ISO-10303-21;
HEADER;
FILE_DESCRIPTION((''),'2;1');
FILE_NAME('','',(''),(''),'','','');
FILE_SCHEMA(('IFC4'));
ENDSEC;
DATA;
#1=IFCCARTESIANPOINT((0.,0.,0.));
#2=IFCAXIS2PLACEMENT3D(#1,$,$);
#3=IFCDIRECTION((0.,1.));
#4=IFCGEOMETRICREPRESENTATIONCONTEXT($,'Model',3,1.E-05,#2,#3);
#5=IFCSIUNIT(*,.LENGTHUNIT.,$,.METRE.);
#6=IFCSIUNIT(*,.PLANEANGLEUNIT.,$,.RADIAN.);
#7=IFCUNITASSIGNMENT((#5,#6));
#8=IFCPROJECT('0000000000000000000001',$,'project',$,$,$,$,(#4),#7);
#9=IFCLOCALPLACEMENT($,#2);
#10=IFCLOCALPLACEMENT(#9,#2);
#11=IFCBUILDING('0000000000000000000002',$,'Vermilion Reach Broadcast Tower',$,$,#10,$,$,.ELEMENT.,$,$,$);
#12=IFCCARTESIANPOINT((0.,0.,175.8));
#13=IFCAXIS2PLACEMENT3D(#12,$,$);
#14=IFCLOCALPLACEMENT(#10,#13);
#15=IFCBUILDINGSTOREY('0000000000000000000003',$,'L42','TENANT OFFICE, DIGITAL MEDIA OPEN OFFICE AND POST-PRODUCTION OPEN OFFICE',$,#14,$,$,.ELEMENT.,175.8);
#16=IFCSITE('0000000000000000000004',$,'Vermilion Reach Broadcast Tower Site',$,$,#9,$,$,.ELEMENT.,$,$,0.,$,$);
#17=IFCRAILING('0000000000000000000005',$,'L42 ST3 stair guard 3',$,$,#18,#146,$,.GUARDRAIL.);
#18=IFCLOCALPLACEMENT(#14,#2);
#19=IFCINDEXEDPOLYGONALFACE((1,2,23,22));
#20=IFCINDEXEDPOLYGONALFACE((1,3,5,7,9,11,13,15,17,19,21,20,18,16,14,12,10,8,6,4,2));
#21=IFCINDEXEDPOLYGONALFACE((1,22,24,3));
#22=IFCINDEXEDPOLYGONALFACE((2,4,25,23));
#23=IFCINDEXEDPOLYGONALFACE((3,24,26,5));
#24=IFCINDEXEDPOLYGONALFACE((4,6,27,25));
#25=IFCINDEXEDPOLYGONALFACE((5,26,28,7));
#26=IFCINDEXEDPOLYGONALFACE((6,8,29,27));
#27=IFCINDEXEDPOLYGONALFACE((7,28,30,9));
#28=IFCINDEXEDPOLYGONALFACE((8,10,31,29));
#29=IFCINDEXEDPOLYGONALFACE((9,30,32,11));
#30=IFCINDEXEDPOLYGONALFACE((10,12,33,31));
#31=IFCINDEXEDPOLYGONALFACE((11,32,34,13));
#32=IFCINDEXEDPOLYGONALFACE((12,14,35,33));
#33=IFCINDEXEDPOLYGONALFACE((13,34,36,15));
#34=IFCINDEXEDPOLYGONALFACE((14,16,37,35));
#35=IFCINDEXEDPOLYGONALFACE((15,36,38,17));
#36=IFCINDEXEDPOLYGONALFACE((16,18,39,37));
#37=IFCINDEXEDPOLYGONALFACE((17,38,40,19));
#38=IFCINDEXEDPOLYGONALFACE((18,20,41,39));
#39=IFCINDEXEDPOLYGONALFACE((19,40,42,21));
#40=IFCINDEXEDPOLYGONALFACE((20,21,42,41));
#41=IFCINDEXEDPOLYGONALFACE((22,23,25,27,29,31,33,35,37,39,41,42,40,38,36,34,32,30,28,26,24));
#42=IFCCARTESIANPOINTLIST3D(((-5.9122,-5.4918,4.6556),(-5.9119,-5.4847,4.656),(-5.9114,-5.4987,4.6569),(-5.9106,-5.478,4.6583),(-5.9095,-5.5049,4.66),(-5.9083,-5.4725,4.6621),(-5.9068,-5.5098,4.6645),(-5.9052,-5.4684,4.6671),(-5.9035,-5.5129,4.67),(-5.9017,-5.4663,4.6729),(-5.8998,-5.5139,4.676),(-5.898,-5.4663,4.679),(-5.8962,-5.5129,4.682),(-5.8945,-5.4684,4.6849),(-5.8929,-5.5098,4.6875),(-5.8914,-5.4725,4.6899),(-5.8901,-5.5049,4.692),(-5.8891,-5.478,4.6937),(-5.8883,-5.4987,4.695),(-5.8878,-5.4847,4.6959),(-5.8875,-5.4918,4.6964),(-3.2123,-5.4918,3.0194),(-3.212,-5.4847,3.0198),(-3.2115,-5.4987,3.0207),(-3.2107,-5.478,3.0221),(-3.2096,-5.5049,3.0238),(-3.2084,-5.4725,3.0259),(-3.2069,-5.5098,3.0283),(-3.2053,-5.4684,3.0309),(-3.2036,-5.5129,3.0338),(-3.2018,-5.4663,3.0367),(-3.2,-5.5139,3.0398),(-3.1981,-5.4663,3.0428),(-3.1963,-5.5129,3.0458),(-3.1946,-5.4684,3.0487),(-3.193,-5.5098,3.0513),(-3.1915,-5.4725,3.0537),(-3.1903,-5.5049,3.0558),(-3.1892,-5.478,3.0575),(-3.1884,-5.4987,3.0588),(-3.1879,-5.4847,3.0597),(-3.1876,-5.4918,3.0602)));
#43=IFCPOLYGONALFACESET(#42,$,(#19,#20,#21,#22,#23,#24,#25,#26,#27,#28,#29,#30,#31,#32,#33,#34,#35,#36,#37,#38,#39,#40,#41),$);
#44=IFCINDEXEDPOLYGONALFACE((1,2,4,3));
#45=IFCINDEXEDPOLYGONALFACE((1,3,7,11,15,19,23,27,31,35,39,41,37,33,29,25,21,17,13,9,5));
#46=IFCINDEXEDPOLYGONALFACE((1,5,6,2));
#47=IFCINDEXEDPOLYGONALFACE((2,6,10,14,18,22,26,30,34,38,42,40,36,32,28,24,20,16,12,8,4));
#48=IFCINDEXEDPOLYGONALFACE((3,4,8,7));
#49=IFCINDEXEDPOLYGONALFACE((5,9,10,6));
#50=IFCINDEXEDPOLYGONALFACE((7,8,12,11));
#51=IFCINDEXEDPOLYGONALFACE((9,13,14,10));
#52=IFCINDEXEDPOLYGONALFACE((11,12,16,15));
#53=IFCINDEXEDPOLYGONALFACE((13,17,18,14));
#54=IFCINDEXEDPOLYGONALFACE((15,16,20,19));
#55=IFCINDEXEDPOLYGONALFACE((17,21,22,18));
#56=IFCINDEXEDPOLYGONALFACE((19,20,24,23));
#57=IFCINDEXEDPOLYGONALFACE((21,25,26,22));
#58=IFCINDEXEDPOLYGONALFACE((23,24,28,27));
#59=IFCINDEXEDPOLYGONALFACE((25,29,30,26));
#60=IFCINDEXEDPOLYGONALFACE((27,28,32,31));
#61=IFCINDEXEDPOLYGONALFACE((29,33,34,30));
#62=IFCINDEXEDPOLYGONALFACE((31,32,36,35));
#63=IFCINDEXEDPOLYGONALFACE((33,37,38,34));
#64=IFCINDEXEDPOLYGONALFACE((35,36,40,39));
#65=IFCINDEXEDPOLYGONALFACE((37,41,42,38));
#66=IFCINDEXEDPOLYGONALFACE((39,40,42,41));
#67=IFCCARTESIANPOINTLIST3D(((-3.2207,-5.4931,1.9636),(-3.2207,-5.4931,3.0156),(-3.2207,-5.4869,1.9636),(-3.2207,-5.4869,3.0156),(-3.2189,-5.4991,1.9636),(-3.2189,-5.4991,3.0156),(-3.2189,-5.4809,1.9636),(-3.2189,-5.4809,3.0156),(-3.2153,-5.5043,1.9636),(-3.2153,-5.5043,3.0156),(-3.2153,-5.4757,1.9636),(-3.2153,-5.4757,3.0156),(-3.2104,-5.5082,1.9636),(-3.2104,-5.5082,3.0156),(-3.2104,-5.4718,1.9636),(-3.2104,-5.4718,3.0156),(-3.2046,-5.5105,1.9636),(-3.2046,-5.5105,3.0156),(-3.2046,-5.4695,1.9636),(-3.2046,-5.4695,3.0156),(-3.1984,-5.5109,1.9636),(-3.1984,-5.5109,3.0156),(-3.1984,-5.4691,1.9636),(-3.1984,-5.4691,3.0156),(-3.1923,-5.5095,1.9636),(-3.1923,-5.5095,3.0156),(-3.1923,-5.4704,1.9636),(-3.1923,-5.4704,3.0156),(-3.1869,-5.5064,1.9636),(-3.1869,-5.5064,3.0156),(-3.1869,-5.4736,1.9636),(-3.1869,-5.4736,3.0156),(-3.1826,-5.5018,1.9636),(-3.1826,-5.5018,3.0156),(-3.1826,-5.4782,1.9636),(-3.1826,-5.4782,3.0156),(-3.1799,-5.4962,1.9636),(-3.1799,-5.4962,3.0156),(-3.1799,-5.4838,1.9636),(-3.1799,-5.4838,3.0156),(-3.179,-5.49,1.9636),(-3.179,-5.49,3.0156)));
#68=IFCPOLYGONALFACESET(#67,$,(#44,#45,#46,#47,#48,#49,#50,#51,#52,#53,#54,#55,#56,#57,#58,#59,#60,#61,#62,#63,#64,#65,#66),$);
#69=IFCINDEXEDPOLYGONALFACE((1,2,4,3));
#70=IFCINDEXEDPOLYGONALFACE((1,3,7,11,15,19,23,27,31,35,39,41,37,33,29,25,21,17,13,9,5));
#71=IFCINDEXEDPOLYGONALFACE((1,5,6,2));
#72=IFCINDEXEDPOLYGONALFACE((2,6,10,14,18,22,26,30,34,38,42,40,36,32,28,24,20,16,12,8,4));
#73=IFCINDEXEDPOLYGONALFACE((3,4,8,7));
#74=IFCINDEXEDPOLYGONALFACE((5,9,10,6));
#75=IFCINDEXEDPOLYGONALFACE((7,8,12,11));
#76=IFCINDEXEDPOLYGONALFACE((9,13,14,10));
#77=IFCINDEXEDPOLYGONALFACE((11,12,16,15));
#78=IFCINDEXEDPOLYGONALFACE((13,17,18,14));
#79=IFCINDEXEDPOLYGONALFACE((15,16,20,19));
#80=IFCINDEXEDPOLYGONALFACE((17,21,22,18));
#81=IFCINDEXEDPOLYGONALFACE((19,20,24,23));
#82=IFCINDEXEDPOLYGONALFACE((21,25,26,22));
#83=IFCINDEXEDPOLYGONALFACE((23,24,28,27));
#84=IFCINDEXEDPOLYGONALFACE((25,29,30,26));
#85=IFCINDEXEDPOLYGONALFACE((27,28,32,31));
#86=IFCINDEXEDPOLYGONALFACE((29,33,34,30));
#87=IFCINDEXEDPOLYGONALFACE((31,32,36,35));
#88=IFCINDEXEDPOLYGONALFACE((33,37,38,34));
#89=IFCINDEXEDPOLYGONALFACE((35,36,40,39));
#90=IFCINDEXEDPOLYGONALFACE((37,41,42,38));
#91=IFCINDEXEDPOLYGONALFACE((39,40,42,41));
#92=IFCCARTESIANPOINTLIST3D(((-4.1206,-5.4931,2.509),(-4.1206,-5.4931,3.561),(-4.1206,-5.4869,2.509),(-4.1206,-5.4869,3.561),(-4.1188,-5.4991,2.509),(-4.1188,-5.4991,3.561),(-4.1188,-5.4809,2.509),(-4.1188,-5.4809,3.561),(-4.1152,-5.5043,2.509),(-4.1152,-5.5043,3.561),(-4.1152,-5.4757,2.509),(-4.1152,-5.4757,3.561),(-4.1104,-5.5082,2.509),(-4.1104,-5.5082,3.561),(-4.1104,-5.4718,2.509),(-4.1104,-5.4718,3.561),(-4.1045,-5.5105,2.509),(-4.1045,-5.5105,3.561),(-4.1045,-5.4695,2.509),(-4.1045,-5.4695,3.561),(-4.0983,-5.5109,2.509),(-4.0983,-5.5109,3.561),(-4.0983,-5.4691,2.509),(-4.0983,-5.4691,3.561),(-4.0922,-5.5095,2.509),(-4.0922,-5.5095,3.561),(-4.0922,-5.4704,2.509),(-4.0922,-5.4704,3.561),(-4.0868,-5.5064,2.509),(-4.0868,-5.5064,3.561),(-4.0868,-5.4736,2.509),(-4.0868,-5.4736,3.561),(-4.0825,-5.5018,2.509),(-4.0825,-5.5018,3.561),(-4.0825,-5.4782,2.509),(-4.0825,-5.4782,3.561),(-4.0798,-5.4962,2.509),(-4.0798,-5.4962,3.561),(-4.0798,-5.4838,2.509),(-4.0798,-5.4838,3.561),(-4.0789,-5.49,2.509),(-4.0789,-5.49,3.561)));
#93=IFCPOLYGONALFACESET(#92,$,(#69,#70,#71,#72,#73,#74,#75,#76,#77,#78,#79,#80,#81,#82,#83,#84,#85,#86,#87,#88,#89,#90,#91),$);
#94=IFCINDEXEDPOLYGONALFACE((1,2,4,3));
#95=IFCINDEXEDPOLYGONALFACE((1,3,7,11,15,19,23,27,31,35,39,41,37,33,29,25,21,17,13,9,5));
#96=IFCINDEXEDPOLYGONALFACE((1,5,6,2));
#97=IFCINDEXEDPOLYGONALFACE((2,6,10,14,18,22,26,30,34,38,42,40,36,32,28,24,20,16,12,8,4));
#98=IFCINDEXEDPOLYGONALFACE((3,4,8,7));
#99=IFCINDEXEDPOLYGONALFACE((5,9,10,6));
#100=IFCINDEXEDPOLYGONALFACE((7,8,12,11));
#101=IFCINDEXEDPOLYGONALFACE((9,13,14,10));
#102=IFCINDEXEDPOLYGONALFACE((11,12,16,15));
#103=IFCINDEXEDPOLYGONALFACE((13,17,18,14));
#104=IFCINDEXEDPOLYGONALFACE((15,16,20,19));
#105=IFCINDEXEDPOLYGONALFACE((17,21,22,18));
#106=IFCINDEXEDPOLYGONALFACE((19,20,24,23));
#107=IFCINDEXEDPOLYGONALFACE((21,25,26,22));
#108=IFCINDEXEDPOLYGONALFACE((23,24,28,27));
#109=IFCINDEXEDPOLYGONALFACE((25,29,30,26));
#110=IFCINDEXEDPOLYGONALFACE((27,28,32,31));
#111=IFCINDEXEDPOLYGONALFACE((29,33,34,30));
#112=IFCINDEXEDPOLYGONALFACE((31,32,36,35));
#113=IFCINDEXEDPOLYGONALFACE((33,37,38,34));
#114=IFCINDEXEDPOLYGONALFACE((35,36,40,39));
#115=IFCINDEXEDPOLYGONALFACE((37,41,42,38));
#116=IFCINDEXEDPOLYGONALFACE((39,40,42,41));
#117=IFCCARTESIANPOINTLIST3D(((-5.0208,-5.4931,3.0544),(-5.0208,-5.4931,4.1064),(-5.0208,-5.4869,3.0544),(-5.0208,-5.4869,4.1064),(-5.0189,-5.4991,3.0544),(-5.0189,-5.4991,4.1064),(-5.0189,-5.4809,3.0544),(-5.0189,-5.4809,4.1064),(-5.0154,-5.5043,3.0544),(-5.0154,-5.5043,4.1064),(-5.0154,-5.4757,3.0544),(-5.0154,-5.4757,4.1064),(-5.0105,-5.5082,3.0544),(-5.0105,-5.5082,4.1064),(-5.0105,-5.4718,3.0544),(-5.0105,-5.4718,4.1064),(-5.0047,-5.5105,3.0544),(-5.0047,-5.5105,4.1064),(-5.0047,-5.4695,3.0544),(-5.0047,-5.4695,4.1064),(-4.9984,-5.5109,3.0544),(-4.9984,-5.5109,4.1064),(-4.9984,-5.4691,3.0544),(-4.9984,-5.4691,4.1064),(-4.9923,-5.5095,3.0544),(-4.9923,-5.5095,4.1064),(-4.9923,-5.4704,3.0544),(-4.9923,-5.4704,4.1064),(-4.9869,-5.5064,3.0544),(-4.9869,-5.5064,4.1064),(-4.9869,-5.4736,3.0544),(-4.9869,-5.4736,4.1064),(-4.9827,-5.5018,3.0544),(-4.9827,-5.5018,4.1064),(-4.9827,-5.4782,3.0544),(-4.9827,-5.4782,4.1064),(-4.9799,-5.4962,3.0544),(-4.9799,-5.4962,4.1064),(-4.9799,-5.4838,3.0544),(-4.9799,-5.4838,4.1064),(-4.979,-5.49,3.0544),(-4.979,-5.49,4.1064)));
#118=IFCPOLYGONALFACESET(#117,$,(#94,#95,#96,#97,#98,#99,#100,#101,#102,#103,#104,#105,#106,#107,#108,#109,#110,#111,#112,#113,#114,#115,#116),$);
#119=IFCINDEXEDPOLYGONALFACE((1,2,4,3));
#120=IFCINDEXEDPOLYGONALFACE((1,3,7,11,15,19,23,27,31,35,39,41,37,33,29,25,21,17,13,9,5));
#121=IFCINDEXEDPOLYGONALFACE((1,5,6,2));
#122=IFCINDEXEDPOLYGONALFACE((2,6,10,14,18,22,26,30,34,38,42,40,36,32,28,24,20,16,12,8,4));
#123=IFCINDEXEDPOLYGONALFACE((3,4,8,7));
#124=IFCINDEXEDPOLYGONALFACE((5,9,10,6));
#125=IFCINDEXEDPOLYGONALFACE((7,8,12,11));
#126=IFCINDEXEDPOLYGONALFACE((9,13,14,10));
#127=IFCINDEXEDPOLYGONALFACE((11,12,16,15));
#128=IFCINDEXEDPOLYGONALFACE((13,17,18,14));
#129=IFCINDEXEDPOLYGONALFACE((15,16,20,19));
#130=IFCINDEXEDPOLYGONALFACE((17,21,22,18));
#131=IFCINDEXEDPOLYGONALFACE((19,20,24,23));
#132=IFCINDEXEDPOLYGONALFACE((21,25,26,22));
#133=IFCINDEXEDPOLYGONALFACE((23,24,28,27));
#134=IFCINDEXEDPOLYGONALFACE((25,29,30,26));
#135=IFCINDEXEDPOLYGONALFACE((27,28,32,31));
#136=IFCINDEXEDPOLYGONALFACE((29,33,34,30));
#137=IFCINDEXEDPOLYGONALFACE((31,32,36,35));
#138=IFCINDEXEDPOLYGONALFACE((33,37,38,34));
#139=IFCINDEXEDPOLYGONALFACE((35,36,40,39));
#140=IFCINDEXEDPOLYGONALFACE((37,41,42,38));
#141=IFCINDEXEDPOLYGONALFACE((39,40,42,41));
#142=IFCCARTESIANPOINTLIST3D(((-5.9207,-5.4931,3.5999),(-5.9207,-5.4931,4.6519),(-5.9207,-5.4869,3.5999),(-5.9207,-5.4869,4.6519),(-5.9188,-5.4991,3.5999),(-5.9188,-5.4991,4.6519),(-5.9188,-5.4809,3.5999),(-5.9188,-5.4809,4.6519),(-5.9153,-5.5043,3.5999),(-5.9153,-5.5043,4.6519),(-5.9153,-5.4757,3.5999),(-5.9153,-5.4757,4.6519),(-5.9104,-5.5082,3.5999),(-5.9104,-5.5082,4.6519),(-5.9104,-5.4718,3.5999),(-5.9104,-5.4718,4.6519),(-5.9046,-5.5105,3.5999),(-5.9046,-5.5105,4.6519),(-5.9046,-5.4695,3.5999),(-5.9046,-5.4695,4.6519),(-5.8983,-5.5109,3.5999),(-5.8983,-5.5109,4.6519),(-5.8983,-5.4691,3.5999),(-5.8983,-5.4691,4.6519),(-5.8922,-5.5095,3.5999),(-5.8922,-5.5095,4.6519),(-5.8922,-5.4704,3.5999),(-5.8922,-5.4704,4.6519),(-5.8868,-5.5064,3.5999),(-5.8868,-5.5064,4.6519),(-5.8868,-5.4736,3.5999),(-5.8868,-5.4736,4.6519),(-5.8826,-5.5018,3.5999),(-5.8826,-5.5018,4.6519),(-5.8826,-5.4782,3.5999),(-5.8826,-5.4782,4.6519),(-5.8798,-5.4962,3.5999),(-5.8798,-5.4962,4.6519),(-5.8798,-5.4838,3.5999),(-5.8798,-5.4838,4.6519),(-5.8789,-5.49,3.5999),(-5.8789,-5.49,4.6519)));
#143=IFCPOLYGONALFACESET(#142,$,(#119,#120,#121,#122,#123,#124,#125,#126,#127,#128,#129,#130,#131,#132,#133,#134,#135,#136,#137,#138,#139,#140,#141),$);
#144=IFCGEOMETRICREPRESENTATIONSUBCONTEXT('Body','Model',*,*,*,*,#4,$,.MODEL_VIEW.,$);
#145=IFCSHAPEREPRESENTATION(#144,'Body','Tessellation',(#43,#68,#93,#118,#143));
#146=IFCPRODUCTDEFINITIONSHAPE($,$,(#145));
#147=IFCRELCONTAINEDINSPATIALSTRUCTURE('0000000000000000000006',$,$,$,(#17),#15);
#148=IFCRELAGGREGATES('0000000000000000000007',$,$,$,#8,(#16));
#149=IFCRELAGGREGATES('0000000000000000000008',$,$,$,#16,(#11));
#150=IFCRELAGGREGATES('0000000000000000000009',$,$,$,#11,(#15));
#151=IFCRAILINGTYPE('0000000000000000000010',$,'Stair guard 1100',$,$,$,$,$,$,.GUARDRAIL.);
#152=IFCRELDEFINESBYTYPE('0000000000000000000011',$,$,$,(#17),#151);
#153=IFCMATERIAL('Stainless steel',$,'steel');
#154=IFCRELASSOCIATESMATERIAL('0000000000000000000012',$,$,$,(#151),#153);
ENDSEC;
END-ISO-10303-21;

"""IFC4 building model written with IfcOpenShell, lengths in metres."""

from ifc_helpers import new_model, si_unit, direction, frame, origin, origin_2d, place, context, subcontext, project, spatial, circle, extrude, material, type_object, element, save


model = new_model("IFC4")

# Units and contexts
model_context = context("Model", 3, precision=1e-05, world=origin(), true_north=direction((0.0, 1.0)))
body_context = subcontext(model_context, "Body", "Model", "MODEL_VIEW")
ifc_project = project(units=[si_unit("LENGTHUNIT", "METRE"), si_unit("PLANEANGLEUNIT", "RADIAN")], contexts=[model_context])

# Site, building, storey
site_placement = place(None, origin())
site = spatial("IfcSite", under=ifc_project, at=site_placement, Name="Vermilion Reach Broadcast Tower Site", CompositionType="ELEMENT", RefElevation=0.0)
building_placement = place(site_placement, origin())
building = spatial("IfcBuilding", under=site, at=building_placement, Name="Vermilion Reach Broadcast Tower", CompositionType="ELEMENT")
storey_placement = place(building_placement, frame((0.0, 0.0, 175.8)))
storey = spatial("IfcBuildingStorey", under=building, at=storey_placement, Name="L42", Description="TENANT OFFICE, DIGITAL MEDIA OPEN OFFICE AND POST-PRODUCTION OPEN OFFICE", CompositionType="ELEMENT", Elevation=175.8)

# Railing
ifc_material_1 = material(Name="Stainless steel", Category="steel")
railing_type_1 = type_object("IfcRailingType", Name="Stair guard 1100", PredefinedType="GUARDRAIL", material=ifc_material_1)
railing_1_placement = place(storey_placement, frame((-3.2, -5.49, 1.9636)))
element("IfcRailing", 1, at=railing_1_placement, inside=storey, type_object=railing_type_1, Name="L42 ST3 stair guard 3", PredefinedType="GUARDRAIL", context=body_context, shape_type="SweptSolid", body=[
    extrude(circle(Radius=0.0239, at=origin_2d()), frame((0.0, 0.0, 1.0762), z_axis=(-0.855212, 0.0, 0.518278), x_axis=(0.0, -1.0, 0.0)), (0.0, 0.0, 1.0), 3.157),
    extrude(circle(Radius=0.021, at=origin_2d()), origin(), (0.0, 0.0, 1.0), 1.052),
    extrude(circle(Radius=0.021, at=origin_2d()), frame((-0.8999, 0.0, 0.5454)), (0.0, 0.0, 1.0), 1.052),
    extrude(circle(Radius=0.021, at=origin_2d()), frame((-1.8, 0.0, 1.0908)), (0.0, 0.0, 1.0), 1.052),
    extrude(circle(Radius=0.021, at=origin_2d()), frame((-2.7, 0.0, 1.6362)), (0.0, 0.0, 1.0), 1.052),
])

save(model, "model.ifc")
